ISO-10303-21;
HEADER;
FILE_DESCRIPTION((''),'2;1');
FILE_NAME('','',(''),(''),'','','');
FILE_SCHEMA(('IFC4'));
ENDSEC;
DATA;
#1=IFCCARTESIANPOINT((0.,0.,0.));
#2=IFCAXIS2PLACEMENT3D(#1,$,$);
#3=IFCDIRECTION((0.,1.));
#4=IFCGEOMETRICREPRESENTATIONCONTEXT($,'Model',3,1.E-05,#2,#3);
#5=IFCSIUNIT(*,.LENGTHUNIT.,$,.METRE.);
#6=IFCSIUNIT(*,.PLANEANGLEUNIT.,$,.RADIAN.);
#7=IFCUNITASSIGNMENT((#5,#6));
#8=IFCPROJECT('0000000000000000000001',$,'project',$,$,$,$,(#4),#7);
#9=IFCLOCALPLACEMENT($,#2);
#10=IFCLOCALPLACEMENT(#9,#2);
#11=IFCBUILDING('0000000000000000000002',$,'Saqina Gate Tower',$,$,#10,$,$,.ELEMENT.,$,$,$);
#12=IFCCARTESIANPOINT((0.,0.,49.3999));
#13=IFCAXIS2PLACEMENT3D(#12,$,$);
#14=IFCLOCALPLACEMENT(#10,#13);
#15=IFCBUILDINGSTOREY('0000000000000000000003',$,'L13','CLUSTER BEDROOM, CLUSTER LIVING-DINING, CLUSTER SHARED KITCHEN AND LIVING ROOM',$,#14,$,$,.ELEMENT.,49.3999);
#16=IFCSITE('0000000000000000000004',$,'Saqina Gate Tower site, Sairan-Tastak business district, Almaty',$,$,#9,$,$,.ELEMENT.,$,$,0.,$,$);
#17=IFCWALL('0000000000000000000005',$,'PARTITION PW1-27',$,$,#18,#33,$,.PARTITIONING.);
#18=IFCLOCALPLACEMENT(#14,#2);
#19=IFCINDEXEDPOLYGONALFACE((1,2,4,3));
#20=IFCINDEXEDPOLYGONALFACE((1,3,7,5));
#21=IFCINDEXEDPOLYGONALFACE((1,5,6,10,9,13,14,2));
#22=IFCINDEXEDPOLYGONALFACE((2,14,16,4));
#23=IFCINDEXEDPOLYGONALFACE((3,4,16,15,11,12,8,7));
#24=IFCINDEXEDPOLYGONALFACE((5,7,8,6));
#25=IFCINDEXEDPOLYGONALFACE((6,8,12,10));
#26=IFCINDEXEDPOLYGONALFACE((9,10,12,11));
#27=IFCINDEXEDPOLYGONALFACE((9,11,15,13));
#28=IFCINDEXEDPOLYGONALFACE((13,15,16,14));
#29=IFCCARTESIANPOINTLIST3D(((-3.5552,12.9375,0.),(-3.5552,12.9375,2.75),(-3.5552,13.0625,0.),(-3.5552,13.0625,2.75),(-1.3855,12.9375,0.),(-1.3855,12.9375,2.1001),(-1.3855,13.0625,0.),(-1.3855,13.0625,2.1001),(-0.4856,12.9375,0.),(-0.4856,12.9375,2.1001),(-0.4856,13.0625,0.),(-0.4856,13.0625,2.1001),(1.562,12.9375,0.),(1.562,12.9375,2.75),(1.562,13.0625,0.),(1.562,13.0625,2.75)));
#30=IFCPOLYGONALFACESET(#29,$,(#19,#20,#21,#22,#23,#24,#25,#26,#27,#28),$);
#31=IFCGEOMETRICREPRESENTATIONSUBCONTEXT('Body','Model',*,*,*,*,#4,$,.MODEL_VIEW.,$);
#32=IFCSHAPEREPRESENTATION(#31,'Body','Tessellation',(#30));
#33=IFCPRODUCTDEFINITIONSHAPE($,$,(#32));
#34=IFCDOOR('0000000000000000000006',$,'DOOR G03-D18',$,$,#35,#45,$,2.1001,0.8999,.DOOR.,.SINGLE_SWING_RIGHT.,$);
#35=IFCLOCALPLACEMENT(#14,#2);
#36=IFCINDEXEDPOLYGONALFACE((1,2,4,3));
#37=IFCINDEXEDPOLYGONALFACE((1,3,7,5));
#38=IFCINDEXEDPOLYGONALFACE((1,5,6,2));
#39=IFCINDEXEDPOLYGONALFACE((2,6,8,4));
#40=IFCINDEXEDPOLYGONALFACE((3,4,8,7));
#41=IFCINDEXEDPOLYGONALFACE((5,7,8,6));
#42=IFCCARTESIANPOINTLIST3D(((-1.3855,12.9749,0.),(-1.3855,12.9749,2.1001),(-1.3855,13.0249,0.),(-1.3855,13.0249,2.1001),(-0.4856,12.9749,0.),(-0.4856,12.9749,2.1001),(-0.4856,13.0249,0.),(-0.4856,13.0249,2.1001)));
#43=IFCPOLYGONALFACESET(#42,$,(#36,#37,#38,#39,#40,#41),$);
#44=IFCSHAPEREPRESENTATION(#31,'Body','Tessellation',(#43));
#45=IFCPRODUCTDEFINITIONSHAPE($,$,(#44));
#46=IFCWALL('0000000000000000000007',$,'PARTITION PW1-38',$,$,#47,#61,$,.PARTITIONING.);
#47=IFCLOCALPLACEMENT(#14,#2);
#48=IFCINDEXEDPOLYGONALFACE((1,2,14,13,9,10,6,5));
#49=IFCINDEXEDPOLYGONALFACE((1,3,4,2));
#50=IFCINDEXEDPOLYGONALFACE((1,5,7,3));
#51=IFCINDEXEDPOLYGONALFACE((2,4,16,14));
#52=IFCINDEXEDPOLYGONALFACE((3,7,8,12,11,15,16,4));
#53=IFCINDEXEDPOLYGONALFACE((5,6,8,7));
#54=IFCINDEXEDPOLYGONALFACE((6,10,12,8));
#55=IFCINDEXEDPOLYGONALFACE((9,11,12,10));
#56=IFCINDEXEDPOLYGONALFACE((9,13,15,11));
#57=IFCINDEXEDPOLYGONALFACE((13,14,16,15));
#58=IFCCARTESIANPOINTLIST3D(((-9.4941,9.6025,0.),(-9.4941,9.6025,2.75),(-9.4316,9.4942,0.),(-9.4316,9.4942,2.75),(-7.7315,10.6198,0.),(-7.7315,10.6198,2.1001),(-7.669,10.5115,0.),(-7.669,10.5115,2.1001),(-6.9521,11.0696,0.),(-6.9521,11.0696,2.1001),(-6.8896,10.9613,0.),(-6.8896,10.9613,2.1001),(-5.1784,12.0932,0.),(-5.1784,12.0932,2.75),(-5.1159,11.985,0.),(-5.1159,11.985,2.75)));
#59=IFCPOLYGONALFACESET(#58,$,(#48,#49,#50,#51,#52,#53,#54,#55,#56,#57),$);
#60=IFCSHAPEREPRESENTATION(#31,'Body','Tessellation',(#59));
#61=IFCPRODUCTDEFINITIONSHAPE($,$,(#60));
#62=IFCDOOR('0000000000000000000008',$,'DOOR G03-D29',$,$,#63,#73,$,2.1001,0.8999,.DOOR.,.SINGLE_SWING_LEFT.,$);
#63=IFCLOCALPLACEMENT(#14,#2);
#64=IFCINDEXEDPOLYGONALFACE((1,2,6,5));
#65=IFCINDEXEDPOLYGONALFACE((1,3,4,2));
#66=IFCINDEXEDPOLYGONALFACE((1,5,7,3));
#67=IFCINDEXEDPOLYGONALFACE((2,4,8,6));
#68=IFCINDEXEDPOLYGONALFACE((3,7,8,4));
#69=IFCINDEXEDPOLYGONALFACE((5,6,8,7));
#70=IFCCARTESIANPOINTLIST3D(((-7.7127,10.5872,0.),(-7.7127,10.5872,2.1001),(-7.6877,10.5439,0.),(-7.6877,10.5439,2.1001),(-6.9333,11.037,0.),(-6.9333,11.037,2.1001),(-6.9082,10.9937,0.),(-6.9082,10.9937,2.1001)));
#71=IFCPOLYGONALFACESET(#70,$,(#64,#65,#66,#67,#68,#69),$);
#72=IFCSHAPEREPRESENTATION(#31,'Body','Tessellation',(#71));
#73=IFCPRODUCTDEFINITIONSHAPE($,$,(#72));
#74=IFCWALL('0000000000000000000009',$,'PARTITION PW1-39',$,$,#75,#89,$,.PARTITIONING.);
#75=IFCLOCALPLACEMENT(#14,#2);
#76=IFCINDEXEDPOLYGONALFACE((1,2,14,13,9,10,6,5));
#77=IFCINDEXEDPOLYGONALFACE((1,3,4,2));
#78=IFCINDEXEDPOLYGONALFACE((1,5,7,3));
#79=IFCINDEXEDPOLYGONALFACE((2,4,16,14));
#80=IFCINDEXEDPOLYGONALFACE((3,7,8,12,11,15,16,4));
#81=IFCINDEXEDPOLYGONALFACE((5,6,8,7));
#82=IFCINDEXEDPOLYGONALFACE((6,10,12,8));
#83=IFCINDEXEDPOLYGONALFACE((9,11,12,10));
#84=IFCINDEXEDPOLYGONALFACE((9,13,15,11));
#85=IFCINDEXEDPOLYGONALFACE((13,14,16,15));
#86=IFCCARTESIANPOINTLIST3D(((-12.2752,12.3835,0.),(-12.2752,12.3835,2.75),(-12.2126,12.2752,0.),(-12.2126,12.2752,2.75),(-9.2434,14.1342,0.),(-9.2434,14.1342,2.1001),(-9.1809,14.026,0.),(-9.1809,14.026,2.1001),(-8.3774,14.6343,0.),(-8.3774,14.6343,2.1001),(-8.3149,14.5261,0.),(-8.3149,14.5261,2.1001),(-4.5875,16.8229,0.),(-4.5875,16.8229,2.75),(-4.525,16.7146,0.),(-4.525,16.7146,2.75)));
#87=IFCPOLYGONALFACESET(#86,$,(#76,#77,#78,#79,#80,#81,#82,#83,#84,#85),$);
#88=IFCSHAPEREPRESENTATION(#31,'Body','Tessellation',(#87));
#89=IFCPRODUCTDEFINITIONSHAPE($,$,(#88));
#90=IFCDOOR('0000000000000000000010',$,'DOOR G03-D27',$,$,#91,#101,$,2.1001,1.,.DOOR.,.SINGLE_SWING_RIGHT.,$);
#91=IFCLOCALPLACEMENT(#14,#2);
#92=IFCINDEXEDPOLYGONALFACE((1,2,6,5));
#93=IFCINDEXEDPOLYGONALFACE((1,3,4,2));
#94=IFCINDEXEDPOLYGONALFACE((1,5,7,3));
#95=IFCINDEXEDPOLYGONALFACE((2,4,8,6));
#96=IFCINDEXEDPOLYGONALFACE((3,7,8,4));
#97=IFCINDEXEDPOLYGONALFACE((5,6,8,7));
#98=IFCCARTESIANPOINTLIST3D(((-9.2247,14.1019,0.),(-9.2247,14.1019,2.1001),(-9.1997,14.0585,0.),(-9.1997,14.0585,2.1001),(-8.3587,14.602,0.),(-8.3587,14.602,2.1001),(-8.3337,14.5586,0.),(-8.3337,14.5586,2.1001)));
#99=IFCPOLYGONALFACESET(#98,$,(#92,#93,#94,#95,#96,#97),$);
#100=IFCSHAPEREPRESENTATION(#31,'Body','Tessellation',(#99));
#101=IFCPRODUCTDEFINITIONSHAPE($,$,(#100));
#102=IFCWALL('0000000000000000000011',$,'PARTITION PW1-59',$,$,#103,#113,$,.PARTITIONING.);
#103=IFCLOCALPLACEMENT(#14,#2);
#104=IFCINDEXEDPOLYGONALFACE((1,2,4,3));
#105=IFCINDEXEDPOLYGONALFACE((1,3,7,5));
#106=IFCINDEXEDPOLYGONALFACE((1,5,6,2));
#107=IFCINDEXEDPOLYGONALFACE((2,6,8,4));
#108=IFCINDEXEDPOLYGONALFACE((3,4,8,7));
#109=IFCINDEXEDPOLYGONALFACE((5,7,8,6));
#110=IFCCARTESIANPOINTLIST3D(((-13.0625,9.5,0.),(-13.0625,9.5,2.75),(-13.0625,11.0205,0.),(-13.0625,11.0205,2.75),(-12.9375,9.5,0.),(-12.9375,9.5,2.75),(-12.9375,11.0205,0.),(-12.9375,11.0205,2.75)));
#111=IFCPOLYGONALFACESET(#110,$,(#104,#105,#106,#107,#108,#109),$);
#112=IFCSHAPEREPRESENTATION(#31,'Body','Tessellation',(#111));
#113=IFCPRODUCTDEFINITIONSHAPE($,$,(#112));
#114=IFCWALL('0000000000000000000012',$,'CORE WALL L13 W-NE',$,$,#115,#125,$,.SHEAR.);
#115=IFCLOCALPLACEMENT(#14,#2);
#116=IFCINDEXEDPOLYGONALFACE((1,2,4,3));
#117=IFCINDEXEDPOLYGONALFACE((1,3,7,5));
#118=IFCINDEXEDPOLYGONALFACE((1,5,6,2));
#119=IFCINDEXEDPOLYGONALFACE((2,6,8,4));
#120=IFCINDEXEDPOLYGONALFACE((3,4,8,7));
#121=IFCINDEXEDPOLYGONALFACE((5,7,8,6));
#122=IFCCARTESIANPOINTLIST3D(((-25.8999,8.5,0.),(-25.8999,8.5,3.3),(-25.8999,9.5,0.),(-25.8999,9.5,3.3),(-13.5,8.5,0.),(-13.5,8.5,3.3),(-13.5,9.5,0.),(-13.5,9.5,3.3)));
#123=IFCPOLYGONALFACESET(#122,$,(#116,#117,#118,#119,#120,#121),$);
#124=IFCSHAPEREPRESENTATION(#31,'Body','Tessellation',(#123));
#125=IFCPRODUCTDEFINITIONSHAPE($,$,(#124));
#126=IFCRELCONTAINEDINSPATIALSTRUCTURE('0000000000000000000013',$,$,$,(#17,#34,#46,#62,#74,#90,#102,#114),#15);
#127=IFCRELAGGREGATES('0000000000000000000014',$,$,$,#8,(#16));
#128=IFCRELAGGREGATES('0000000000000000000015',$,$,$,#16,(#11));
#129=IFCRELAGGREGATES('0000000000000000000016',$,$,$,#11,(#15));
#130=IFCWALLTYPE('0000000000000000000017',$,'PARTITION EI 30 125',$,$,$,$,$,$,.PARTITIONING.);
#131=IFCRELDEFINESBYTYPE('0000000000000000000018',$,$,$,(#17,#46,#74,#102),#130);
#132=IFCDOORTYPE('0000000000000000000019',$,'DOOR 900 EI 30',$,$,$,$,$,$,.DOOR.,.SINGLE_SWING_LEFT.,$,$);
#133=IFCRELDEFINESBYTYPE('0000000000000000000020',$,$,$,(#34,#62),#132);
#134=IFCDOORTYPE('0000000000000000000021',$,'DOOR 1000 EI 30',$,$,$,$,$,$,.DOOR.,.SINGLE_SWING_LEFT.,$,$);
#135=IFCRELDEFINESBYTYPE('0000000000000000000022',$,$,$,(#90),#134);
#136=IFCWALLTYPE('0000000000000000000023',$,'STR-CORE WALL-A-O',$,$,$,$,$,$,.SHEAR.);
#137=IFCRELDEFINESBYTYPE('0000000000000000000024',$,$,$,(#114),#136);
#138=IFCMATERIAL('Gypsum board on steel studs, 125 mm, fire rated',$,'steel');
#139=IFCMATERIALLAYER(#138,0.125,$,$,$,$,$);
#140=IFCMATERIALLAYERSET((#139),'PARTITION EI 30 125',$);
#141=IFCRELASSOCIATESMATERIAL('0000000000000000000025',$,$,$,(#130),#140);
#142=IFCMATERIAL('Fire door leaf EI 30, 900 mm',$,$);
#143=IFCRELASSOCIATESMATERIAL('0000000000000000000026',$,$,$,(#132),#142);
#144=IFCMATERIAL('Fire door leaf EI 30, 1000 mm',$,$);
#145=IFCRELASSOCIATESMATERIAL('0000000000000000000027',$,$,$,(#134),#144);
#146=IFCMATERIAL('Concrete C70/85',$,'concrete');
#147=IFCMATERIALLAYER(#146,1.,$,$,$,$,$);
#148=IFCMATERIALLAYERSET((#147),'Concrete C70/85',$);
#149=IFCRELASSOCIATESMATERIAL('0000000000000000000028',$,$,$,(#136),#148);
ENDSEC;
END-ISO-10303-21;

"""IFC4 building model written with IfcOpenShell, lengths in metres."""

from ifc_helpers import new_model, si_unit, direction, frame, frame_2d, origin, place, context, subcontext, project, spatial, rectangle, extrude, material, layer, layer_set, type_object, element, fill, save


model = new_model("IFC4")

# Units and contexts
model_context = context("Model", 3, precision=1e-05, world=origin(), true_north=direction((0.0, 1.0)))
body_context = subcontext(model_context, "Body", "Model", "MODEL_VIEW")
ifc_project = project(units=[si_unit("LENGTHUNIT", "METRE"), si_unit("PLANEANGLEUNIT", "RADIAN")], contexts=[model_context])

# Site, building, storey
site_placement = place(None, origin())
site = spatial("IfcSite", under=ifc_project, at=site_placement, Name="Saqina Gate Tower site, Sairan-Tastak business district, Almaty", CompositionType="ELEMENT", RefElevation=0.0)
building_placement = place(site_placement, origin())
building = spatial("IfcBuilding", under=site, at=building_placement, Name="Saqina Gate Tower", CompositionType="ELEMENT")
storey_placement = place(building_placement, frame((0.0, 0.0, 49.3999)))
storey = spatial("IfcBuildingStorey", under=building, at=storey_placement, Name="L13", Description="CLUSTER BEDROOM, CLUSTER LIVING-DINING, CLUSTER SHARED KITCHEN AND LIVING ROOM", CompositionType="ELEMENT", Elevation=49.3999)

# Shared definitions
ifc_material_1 = material(Name="Gypsum board on steel studs, 125 mm, fire rated", Category="steel")
ifc_layer_1 = layer(ifc_material_1, 0.125)
ifc_layer_set_1 = layer_set([ifc_layer_1], Name="PARTITION EI 30 125")
wall_type_1 = type_object("IfcWallType", Name="PARTITION EI 30 125", PredefinedType="PARTITIONING", material=ifc_layer_set_1)

# Walls, openings, doors
wall_1_placement = place(storey_placement, frame((-3.5552, 13.0, 0.0), z_axis=(0.0, 0.0, 1.0), x_axis=(1.0, 0.0, 0.0)))
wall_1 = element("IfcWall", 1, at=wall_1_placement, inside=storey, type_object=wall_type_1, Name="PARTITION PW1-27", PredefinedType="PARTITIONING", context=body_context, shape_type="SweptSolid", body=[
    extrude(rectangle(XDim=5.1172, YDim=0.125, at=frame_2d((2.5586, 0.0))), origin(), (0.0, 0.0, 1.0), 2.75),
])
opening_1_placement = place(wall_1_placement, frame((2.1697, 0.0, 0.0)))
opening_1 = element("IfcOpeningElement", 2, at=opening_1_placement, cuts=wall_1, PredefinedType="OPENING", context=body_context, shape_type="SweptSolid", body=[
    extrude(rectangle(XDim=0.8999, YDim=2.1001, at=frame_2d((0.45, 1.05))), frame((0.0, 0.0745, 0.0), z_axis=(0.0, -1.0, 0.0), x_axis=(1.0, 0.0, 0.0)), (0.0, 0.0, 1.0), 0.1489),
])
ifc_material_2 = material(Name="Fire door leaf EI 30, 900 mm")
door_type_1 = type_object("IfcDoorType", Name="DOOR 900 EI 30", OperationType="SINGLE_SWING_LEFT", PredefinedType="DOOR", material=ifc_material_2)
door_1_placement = place(opening_1_placement, origin())
door_1 = element("IfcDoor", 3, at=door_1_placement, inside=storey, type_object=door_type_1, Name="DOOR G03-D18", OperationType="SINGLE_SWING_RIGHT", OverallHeight=2.1001, OverallWidth=0.8999, PredefinedType="DOOR", context=body_context, shape_type="SweptSolid", body=[
    extrude(rectangle(XDim=0.8999, YDim=2.1001, at=frame_2d((0.45, 1.05))), frame((0.0, 0.0249, 0.0), z_axis=(0.0, -1.0, 0.0), x_axis=(1.0, 0.0, 0.0)), (0.0, 0.0, 1.0), 0.05),
])
fill(opening_1, door_1)
wall_2_placement = place(storey_placement, frame((-9.4629, 9.5483, 0.0), z_axis=(0.0, 0.0, 1.0), x_axis=(0.866106, 0.49986, 0.0)))
wall_2 = element("IfcWall", 4, at=wall_2_placement, inside=storey, type_object=wall_type_1, Name="PARTITION PW1-38", PredefinedType="PARTITIONING", context=body_context, shape_type="SweptSolid", body=[
    extrude(rectangle(XDim=4.9829, YDim=0.125, at=frame_2d((2.4915, 0.0))), origin(), (0.0, 0.0, 1.0), 2.75),
])
opening_2_placement = place(wall_2_placement, frame((2.0352, 0.0, 0.0)))
opening_2 = element("IfcOpeningElement", 5, at=opening_2_placement, cuts=wall_2, PredefinedType="OPENING", context=body_context, shape_type="SweptSolid", body=[
    extrude(rectangle(XDim=0.8999, YDim=2.1001, at=frame_2d((0.45, 1.05))), frame((0.0, 0.0745, 0.0), z_axis=(0.0, -1.0, 0.0), x_axis=(1.0, 0.0, 0.0)), (0.0, 0.0, 1.0), 0.1489),
])
door_2_placement = place(opening_2_placement, origin())
door_2 = element("IfcDoor", 6, at=door_2_placement, inside=storey, type_object=door_type_1, Name="DOOR G03-D29", OperationType="SINGLE_SWING_LEFT", OverallHeight=2.1001, OverallWidth=0.8999, PredefinedType="DOOR", context=body_context, shape_type="SweptSolid", body=[
    extrude(rectangle(XDim=0.8999, YDim=2.1001, at=frame_2d((0.45, 1.05))), frame((0.0, 0.0249, 0.0), z_axis=(0.0, -1.0, 0.0), x_axis=(1.0, 0.0, 0.0)), (0.0, 0.0, 1.0), 0.05),
])
fill(opening_2, door_2)
wall_3_placement = place(storey_placement, frame((-12.2439, 12.3293, 0.0), z_axis=(0.0, 0.0, 1.0), x_axis=(0.86598, 0.500079, 0.0)))
wall_3 = element("IfcWall", 7, at=wall_3_placement, inside=storey, type_object=wall_type_1, Name="PARTITION PW1-39", PredefinedType="PARTITIONING", context=body_context, shape_type="SweptSolid", body=[
    extrude(rectangle(XDim=8.8774, YDim=0.125, at=frame_2d((4.4387, 0.0))), origin(), (0.0, 0.0, 1.0), 2.75),
])
opening_3_placement = place(wall_3_placement, frame((3.501, 0.0, 0.0)))
opening_3 = element("IfcOpeningElement", 8, at=opening_3_placement, cuts=wall_3, PredefinedType="OPENING", context=body_context, shape_type="SweptSolid", body=[
    extrude(rectangle(XDim=1.0, YDim=2.1001, at=frame_2d((0.5, 1.05))), frame((0.0, 0.0745, 0.0), z_axis=(0.0, -1.0, 0.0), x_axis=(1.0, 0.0, 0.0)), (0.0, 0.0, 1.0), 0.1489),
])
ifc_material_3 = material(Name="Fire door leaf EI 30, 1000 mm")
door_type_2 = type_object("IfcDoorType", Name="DOOR 1000 EI 30", OperationType="SINGLE_SWING_LEFT", PredefinedType="DOOR", material=ifc_material_3)
door_3_placement = place(opening_3_placement, frame((1.0, 0.0, 0.0), z_axis=(0.0, 0.0, 1.0), x_axis=(-1.0, 0.0, 0.0)))
door_3 = element("IfcDoor", 9, at=door_3_placement, inside=storey, type_object=door_type_2, Name="DOOR G03-D27", OperationType="SINGLE_SWING_RIGHT", OverallHeight=2.1001, OverallWidth=1.0, PredefinedType="DOOR", context=body_context, shape_type="SweptSolid", body=[
    extrude(rectangle(XDim=1.0, YDim=2.1001, at=frame_2d((0.5, 1.05))), frame((0.0, 0.0249, 0.0), z_axis=(0.0, -1.0, 0.0), x_axis=(1.0, 0.0, 0.0)), (0.0, 0.0, 1.0), 0.05),
])
fill(opening_3, door_3)

# Walls
wall_4_placement = place(storey_placement, frame((-13.0, 9.5, 0.0), z_axis=(0.0, 0.0, 1.0), x_axis=(0.0, 1.0, 0.0)))
element("IfcWall", 10, at=wall_4_placement, inside=storey, type_object=wall_type_1, Name="PARTITION PW1-59", PredefinedType="PARTITIONING", context=body_context, shape_type="SweptSolid", body=[
    extrude(rectangle(XDim=1.5205, YDim=0.125, at=frame_2d((0.7603, 0.0))), origin(), (0.0, 0.0, 1.0), 2.75),
])
ifc_material_4 = material(Name="Concrete C70/85", Category="concrete")
ifc_layer_2 = layer(ifc_material_4, 1.0)
ifc_layer_set_2 = layer_set([ifc_layer_2], Name="Concrete C70/85")
wall_type_2 = type_object("IfcWallType", Name="STR-CORE WALL-A-O", PredefinedType="SHEAR", material=ifc_layer_set_2)
wall_5_placement = place(storey_placement, frame((-13.5, 9.0, 0.0), z_axis=(0.0, 0.0, 1.0), x_axis=(-1.0, 0.0, 0.0)))
element("IfcWall", 11, at=wall_5_placement, inside=storey, type_object=wall_type_2, Name="CORE WALL L13 W-NE", PredefinedType="SHEAR", context=body_context, shape_type="SweptSolid", body=[
    extrude(rectangle(XDim=12.3999, YDim=1.0, at=frame_2d((6.2, 0.0))), origin(), (0.0, 0.0, 1.0), 3.3),
])

save(model, "model.ifc")
